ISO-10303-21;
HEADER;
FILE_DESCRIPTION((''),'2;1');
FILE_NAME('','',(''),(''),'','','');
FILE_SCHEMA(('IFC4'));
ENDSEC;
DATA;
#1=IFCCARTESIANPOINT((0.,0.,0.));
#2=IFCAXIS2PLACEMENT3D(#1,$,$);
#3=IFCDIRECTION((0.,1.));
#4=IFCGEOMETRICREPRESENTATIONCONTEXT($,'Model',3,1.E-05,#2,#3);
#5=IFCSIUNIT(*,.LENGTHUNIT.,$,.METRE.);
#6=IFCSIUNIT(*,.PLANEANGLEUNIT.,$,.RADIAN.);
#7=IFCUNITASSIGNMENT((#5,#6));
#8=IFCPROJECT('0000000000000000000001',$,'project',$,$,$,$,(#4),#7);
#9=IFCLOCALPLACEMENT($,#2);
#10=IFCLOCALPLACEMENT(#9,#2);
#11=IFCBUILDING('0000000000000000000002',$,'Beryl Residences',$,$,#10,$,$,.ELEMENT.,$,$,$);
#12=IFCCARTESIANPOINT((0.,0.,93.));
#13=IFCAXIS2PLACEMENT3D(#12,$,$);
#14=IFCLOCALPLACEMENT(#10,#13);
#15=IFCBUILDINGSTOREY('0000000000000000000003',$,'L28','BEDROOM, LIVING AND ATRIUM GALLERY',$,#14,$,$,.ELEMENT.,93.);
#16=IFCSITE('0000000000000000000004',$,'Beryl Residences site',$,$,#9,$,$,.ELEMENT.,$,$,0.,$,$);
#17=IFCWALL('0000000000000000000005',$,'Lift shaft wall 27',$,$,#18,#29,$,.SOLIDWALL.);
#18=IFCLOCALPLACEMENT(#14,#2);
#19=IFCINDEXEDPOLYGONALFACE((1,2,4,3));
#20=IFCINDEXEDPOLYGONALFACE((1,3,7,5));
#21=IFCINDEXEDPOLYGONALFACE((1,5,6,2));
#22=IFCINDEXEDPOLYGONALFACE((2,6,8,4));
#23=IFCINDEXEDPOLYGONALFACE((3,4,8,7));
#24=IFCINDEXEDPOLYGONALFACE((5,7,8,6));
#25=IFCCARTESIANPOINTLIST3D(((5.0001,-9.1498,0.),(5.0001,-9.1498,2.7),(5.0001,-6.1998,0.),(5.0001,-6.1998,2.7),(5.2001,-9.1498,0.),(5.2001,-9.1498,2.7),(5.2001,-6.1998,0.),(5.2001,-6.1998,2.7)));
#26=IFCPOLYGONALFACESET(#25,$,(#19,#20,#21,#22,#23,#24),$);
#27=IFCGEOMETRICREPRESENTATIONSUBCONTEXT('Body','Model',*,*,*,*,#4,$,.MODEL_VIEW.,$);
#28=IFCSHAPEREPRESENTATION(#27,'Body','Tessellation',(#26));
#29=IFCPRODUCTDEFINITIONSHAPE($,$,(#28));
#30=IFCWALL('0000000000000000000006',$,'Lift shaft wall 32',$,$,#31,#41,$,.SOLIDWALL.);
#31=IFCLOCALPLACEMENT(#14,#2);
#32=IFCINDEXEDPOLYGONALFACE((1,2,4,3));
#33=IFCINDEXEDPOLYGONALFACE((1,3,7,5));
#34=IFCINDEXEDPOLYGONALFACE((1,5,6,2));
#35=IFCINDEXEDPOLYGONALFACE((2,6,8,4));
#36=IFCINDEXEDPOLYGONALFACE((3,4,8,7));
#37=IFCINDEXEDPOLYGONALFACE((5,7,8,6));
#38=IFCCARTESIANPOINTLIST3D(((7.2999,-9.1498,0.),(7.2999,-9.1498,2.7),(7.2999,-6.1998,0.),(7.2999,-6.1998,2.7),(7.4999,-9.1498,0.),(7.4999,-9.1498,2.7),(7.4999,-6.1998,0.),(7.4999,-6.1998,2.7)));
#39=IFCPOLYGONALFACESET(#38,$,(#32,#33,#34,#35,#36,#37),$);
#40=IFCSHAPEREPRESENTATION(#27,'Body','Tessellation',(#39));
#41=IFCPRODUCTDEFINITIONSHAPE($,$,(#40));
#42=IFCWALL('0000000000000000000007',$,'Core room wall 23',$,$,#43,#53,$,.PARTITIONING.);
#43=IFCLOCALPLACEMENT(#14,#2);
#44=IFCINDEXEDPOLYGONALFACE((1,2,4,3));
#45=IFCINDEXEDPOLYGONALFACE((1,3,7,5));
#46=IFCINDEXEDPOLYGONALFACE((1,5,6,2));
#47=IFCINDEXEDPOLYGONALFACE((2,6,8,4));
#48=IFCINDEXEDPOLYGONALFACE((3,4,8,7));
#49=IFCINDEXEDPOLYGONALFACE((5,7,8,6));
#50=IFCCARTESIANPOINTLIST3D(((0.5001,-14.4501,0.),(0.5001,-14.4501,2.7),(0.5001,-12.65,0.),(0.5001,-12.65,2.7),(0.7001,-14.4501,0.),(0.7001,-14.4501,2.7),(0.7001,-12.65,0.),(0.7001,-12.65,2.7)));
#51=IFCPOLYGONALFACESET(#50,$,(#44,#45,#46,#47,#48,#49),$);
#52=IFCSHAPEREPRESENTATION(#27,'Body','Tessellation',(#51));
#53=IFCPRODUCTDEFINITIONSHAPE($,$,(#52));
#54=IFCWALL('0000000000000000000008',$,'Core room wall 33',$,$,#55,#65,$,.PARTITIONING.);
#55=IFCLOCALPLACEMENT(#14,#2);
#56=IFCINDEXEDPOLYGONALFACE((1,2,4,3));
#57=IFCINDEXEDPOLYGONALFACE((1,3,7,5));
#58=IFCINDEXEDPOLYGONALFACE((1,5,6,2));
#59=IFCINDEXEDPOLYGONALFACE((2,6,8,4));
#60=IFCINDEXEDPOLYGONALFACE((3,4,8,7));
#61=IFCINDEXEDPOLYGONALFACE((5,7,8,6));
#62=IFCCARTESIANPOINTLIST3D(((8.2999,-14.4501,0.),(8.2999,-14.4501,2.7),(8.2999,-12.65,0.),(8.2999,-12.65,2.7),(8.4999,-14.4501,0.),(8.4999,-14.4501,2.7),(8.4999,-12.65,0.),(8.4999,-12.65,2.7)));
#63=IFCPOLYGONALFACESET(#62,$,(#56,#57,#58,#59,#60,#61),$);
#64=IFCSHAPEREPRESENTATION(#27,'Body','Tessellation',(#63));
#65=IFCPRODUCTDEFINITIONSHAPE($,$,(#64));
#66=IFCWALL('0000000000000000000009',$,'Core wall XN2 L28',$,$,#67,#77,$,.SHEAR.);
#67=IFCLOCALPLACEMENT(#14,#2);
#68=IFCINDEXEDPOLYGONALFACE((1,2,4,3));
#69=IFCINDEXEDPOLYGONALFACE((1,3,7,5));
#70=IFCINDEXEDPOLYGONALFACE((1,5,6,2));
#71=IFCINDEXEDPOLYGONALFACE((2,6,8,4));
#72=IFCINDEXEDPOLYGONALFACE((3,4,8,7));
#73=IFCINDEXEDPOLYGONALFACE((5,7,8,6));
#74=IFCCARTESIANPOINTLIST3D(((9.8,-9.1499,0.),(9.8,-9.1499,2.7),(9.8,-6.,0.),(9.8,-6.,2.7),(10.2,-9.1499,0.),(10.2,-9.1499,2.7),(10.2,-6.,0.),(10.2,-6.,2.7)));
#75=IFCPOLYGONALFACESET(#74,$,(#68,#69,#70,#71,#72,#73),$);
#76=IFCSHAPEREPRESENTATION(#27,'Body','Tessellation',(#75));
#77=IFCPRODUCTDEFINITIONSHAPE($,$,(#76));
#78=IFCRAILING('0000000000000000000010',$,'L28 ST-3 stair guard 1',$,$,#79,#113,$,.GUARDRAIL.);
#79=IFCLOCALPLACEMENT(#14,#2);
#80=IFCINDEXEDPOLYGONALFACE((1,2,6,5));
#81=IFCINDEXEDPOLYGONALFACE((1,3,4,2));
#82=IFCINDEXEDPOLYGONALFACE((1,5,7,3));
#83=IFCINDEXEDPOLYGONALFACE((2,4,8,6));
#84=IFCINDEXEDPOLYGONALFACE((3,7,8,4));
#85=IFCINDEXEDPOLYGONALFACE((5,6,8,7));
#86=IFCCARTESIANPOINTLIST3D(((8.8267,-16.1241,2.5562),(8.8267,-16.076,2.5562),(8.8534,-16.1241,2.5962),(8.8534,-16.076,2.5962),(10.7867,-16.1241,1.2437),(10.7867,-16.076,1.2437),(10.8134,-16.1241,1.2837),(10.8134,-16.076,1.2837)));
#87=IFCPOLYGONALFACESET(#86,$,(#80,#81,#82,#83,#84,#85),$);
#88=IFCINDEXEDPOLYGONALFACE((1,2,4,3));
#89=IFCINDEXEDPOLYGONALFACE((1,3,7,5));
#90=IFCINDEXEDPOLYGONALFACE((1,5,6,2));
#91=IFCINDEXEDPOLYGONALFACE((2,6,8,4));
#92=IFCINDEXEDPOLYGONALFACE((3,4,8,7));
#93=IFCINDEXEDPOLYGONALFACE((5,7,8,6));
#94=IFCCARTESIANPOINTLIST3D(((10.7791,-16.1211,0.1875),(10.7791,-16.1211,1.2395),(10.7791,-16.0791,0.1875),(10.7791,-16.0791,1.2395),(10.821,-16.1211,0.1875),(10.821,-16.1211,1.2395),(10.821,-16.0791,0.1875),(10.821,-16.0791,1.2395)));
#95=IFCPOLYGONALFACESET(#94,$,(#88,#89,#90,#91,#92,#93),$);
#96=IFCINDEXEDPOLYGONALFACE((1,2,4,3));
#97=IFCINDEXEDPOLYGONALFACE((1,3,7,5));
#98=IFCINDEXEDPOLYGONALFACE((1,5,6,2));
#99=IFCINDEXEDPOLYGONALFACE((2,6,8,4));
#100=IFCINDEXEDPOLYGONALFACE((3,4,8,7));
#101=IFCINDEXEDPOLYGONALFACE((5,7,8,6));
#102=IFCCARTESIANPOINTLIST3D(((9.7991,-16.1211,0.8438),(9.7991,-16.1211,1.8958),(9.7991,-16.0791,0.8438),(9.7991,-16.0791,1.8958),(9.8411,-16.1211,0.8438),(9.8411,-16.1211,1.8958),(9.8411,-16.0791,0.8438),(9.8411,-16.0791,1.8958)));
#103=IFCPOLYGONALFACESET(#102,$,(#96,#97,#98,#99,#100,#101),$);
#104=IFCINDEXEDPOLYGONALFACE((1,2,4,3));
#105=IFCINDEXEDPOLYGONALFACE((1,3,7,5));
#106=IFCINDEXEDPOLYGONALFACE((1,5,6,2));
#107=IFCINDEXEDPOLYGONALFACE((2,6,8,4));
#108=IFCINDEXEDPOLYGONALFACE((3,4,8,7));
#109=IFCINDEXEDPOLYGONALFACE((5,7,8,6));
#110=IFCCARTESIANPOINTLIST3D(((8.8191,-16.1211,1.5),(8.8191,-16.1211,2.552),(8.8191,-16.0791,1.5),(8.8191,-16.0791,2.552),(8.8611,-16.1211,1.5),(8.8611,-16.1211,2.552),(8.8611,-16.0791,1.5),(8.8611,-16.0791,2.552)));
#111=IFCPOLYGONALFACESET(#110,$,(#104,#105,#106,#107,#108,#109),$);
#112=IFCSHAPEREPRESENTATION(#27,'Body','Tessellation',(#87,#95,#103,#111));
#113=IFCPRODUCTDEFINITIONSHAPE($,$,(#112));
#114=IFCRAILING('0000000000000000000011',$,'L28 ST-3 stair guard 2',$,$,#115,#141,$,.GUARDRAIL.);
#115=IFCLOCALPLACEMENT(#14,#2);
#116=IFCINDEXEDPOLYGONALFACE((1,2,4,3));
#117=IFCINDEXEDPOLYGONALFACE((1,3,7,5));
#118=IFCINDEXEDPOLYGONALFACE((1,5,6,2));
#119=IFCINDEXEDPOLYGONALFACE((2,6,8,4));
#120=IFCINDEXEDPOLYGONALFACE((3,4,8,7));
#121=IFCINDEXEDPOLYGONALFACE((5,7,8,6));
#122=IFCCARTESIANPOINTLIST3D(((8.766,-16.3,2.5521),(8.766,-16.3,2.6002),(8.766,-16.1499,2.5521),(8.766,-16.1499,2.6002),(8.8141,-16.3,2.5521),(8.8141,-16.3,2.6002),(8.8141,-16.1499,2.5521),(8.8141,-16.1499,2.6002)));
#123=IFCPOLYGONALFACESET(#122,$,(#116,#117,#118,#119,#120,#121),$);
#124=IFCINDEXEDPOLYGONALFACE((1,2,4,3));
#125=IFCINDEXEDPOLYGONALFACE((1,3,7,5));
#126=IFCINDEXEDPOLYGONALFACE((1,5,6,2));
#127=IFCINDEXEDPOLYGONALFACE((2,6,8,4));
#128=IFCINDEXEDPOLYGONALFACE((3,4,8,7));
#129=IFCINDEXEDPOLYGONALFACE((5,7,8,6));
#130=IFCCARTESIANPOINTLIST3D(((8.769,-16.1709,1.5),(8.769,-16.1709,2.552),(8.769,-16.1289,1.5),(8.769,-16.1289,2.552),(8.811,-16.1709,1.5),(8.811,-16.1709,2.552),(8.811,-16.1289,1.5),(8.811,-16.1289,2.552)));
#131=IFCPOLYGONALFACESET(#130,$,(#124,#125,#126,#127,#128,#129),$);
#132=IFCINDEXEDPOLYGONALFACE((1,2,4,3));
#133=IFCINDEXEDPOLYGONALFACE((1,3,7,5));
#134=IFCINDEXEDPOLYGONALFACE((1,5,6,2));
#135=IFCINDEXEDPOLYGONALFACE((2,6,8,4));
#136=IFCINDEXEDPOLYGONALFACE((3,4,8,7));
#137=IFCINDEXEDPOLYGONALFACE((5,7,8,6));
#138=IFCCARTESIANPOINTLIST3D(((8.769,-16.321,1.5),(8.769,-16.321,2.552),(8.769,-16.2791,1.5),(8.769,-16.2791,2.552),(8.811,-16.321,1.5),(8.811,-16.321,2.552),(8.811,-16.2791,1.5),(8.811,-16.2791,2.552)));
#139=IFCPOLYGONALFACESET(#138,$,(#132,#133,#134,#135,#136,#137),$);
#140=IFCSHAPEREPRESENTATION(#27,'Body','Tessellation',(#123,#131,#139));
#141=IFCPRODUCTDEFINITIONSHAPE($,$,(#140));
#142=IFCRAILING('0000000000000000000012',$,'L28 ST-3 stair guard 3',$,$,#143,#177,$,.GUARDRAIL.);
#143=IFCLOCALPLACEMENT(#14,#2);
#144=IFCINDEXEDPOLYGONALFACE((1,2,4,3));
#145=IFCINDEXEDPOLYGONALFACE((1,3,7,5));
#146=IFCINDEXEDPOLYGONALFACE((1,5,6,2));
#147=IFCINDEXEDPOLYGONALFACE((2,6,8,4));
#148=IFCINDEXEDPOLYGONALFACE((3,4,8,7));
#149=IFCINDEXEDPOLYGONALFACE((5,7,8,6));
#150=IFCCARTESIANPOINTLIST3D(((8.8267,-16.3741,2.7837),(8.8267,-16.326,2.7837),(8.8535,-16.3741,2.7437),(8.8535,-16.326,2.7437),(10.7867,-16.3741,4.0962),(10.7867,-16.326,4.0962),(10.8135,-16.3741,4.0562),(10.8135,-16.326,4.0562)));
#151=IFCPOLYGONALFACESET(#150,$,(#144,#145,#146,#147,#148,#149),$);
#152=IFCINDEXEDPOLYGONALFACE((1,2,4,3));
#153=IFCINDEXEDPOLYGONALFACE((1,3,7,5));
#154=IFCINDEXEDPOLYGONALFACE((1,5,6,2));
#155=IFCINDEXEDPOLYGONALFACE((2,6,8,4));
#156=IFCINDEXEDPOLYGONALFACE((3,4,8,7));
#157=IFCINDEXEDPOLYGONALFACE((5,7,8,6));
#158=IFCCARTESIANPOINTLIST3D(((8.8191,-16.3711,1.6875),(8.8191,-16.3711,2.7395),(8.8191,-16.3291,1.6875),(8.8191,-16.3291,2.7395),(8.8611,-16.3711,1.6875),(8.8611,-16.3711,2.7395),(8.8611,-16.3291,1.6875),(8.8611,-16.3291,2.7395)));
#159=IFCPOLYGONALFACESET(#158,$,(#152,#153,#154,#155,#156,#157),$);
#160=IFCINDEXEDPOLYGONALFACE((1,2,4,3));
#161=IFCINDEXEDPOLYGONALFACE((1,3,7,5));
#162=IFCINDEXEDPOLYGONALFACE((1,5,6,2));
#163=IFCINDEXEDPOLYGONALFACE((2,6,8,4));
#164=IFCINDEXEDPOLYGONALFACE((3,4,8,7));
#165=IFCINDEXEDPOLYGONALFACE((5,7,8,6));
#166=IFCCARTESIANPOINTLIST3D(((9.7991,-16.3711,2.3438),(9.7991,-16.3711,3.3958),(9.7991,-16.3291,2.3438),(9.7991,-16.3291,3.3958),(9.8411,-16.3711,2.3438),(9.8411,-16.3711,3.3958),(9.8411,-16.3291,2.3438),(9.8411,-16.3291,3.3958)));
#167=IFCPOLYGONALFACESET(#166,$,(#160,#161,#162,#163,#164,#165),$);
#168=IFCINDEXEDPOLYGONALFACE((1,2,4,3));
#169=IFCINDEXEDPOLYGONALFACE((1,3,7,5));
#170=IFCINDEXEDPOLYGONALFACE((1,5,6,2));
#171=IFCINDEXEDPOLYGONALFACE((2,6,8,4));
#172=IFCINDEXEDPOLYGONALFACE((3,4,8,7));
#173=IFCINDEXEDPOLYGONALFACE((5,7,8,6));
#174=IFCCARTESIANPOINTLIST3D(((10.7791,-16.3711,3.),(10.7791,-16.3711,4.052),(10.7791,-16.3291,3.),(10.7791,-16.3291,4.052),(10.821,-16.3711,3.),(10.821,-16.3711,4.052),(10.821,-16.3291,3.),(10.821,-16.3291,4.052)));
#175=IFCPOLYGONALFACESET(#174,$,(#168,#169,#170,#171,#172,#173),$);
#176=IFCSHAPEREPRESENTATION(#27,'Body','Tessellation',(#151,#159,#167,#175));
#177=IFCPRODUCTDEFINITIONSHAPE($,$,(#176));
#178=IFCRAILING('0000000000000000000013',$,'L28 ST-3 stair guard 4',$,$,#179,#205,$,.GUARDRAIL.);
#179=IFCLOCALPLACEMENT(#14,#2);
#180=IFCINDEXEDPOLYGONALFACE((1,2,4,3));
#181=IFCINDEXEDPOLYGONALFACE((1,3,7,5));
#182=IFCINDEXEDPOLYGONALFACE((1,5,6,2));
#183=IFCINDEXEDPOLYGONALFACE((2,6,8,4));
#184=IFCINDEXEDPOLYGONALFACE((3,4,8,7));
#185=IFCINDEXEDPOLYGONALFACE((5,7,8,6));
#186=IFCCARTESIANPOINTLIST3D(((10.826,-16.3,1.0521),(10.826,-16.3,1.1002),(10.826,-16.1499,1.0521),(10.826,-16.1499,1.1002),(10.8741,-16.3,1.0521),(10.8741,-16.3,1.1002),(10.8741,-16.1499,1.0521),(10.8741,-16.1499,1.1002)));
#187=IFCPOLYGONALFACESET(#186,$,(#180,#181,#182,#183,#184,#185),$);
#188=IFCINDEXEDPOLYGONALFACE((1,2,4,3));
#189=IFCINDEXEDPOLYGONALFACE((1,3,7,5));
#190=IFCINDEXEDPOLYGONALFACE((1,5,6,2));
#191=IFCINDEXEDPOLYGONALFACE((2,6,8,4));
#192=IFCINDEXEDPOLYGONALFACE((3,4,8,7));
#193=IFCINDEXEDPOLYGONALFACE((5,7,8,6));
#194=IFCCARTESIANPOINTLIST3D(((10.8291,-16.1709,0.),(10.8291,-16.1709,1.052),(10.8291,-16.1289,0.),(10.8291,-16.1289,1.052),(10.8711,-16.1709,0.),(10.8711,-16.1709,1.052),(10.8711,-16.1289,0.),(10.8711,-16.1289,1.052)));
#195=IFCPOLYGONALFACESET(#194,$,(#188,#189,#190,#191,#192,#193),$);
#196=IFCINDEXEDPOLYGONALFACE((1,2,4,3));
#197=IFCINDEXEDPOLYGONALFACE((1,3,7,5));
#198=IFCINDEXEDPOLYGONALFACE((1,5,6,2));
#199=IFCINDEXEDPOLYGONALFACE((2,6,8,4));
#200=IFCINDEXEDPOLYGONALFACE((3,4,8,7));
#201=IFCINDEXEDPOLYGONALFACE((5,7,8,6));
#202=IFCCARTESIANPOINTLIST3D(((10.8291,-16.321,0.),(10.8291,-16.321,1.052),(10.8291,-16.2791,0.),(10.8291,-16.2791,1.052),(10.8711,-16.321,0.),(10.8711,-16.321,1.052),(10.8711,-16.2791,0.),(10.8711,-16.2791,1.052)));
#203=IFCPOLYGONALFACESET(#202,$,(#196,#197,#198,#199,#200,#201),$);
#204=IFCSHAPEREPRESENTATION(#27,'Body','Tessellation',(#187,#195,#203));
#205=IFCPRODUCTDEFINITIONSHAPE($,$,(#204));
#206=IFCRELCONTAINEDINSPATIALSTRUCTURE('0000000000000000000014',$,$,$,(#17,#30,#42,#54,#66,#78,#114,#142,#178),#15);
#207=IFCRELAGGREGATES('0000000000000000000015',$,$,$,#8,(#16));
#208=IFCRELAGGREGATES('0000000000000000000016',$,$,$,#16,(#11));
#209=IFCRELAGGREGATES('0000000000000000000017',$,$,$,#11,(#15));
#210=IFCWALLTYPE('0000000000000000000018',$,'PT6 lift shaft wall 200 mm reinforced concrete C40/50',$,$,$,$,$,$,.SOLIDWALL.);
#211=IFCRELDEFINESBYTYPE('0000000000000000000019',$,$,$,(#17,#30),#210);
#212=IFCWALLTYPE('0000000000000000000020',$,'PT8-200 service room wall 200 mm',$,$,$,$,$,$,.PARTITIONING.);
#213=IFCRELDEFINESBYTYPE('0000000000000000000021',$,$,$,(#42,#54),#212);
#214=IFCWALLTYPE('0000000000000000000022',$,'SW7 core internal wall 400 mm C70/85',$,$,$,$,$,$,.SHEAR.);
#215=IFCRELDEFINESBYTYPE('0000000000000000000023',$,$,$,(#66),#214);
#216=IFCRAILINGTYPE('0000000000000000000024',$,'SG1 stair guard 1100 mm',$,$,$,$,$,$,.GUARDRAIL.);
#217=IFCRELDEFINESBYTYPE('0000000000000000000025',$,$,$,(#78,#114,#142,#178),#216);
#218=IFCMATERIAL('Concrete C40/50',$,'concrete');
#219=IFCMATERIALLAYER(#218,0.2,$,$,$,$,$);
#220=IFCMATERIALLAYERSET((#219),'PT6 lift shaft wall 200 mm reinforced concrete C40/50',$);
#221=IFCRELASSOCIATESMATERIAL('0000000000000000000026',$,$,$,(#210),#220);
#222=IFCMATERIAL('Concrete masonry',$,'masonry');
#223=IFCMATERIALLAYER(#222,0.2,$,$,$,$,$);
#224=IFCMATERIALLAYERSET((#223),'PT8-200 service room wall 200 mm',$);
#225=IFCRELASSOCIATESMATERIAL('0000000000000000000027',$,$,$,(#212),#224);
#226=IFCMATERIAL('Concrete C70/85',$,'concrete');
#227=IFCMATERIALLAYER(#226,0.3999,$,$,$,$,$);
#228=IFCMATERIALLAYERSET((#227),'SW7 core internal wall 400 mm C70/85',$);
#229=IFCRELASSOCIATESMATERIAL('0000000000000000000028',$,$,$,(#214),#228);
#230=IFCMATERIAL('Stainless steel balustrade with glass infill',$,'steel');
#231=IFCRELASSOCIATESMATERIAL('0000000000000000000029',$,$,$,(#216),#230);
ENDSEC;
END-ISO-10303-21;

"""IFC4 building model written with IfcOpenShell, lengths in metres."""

from ifc_helpers import new_model, si_unit, direction, frame, frame_2d, origin, origin_2d, place, context, subcontext, project, spatial, rectangle, extrude, material, layer, layer_set, type_object, element, save


model = new_model("IFC4")

# Units and contexts
model_context = context("Model", 3, precision=1e-05, world=origin(), true_north=direction((0.0, 1.0)))
body_context = subcontext(model_context, "Body", "Model", "MODEL_VIEW")
ifc_project = project(units=[si_unit("LENGTHUNIT", "METRE"), si_unit("PLANEANGLEUNIT", "RADIAN")], contexts=[model_context])

# Site, building, storey
site_placement = place(None, origin())
site = spatial("IfcSite", under=ifc_project, at=site_placement, Name="Beryl Residences site", CompositionType="ELEMENT", RefElevation=0.0)
building_placement = place(site_placement, origin())
building = spatial("IfcBuilding", under=site, at=building_placement, Name="Beryl Residences", CompositionType="ELEMENT")
storey_placement = place(building_placement, frame((0.0, 0.0, 93.0)))
storey = spatial("IfcBuildingStorey", under=building, at=storey_placement, Name="L28", Description="BEDROOM, LIVING AND ATRIUM GALLERY", CompositionType="ELEMENT", Elevation=93.0)

# Walls
ifc_material_1 = material(Name="Concrete C40/50", Category="concrete")
ifc_layer_1 = layer(ifc_material_1, 0.2)
ifc_layer_set_1 = layer_set([ifc_layer_1], Name="PT6 lift shaft wall 200 mm reinforced concrete C40/50")
wall_type_1 = type_object("IfcWallType", Name="PT6 lift shaft wall 200 mm reinforced concrete C40/50", PredefinedType="SOLIDWALL", material=ifc_layer_set_1)
for number, where, z_axis, x_axis, name in (
    (1, (5.1001, -9.1499, 0.0), (0.0, 0.0, 1.0), (0.0, 1.0, 0.0), "Lift shaft wall 27"),
    (2, (7.3999, -9.1499, 0.0), (0.0, 0.0, 1.0), (0.0, 1.0, 0.0), "Lift shaft wall 32"),
):
    element("IfcWall", number, at=place(storey_placement, frame(where, z_axis=z_axis, x_axis=x_axis)), inside=storey, type_object=wall_type_1, Name=name, PredefinedType="SOLIDWALL", context=body_context, shape_type="SweptSolid", body=[
        extrude(rectangle(XDim=2.95, YDim=0.2, at=frame_2d((1.4751, 0.0))), origin(), (0.0, 0.0, 1.0), 2.7),
    ])
ifc_material_2 = material(Name="Concrete masonry", Category="masonry")
ifc_layer_2 = layer(ifc_material_2, 0.2)
ifc_layer_set_2 = layer_set([ifc_layer_2], Name="PT8-200 service room wall 200 mm")
wall_type_2 = type_object("IfcWallType", Name="PT8-200 service room wall 200 mm", PredefinedType="PARTITIONING", material=ifc_layer_set_2)
for number, where, z_axis, x_axis, name in (
    (3, (0.6001, -14.45, 0.0), (0.0, 0.0, 1.0), (0.0, 1.0, 0.0), "Core room wall 23"),
    (4, (8.3999, -14.45, 0.0), (0.0, 0.0, 1.0), (0.0, 1.0, 0.0), "Core room wall 33"),
):
    element("IfcWall", number, at=place(storey_placement, frame(where, z_axis=z_axis, x_axis=x_axis)), inside=storey, type_object=wall_type_2, Name=name, PredefinedType="PARTITIONING", context=body_context, shape_type="SweptSolid", body=[
        extrude(rectangle(XDim=1.8, YDim=0.2, at=frame_2d((0.8999, 0.0))), origin(), (0.0, 0.0, 1.0), 2.7),
    ])
ifc_material_3 = material(Name="Concrete C70/85", Category="concrete")
ifc_layer_3 = layer(ifc_material_3, 0.3999)
ifc_layer_set_3 = layer_set([ifc_layer_3], Name="SW7 core internal wall 400 mm C70/85")
wall_type_3 = type_object("IfcWallType", Name="SW7 core internal wall 400 mm C70/85", PredefinedType="SHEAR", material=ifc_layer_set_3)
wall_1_placement = place(storey_placement, frame((10.0, -9.1499, 0.0), z_axis=(0.0, 0.0, 1.0), x_axis=(0.0, 1.0, 0.0)))
element("IfcWall", 5, at=wall_1_placement, inside=storey, type_object=wall_type_3, Name="Core wall XN2 L28", PredefinedType="SHEAR", context=body_context, shape_type="SweptSolid", body=[
    extrude(rectangle(XDim=3.1499, YDim=0.3999, at=frame_2d((1.575, 0.0))), origin(), (0.0, 0.0, 1.0), 2.7),
])

# Railings
ifc_material_4 = material(Name="Stainless steel balustrade with glass infill", Category="steel")
railing_type_1 = type_object("IfcRailingType", Name="SG1 stair guard 1100 mm", PredefinedType="GUARDRAIL", material=ifc_material_4)
railing_1_placement = place(storey_placement, frame((10.8, -16.1001, 0.1875)))
element("IfcRailing", 6, at=railing_1_placement, inside=storey, type_object=railing_type_1, Name="L28 ST-3 stair guard 1", PredefinedType="GUARDRAIL", context=body_context, shape_type="SweptSolid", body=[
    extrude(rectangle(XDim=0.0481, YDim=0.0481, at=origin_2d()), frame((0.0, 0.0, 1.0762), z_axis=(-0.830902, 0.0, 0.556419), x_axis=(0.0, -1.0, 0.0)), (0.0, 0.0, 1.0), 2.3589),
    extrude(rectangle(XDim=0.042, YDim=0.042, at=origin_2d()), origin(), (0.0, 0.0, 1.0), 1.052),
    extrude(rectangle(XDim=0.042, YDim=0.042, at=origin_2d()), frame((-0.98, 0.0, 0.6562)), (0.0, 0.0, 1.0), 1.052),
    extrude(rectangle(XDim=0.042, YDim=0.042, at=origin_2d()), frame((-1.96, 0.0, 1.3125)), (0.0, 0.0, 1.0), 1.052),
])
railing_2_placement = place(storey_placement, frame((8.79, -16.1499, 1.5)))
element("IfcRailing", 7, at=railing_2_placement, inside=storey, type_object=railing_type_1, Name="L28 ST-3 stair guard 2", PredefinedType="GUARDRAIL", context=body_context, shape_type="SweptSolid", body=[
    extrude(rectangle(XDim=0.0481, YDim=0.0481, at=origin_2d()), frame((0.0, 0.0, 1.0762), z_axis=(0.0, -1.0, 0.0), x_axis=(1.0, 0.0, 0.0)), (0.0, 0.0, 1.0), 0.1501),
    extrude(rectangle(XDim=0.042, YDim=0.042, at=origin_2d()), origin(), (0.0, 0.0, 1.0), 1.052),
    extrude(rectangle(XDim=0.042, YDim=0.042, at=origin_2d()), frame((0.0, -0.1501, 0.0)), (0.0, 0.0, 1.0), 1.052),
])
railing_3_placement = place(storey_placement, frame((8.8401, -16.3501, 1.6875)))
element("IfcRailing", 8, at=railing_3_placement, inside=storey, type_object=railing_type_1, Name="L28 ST-3 stair guard 3", PredefinedType="GUARDRAIL", context=body_context, shape_type="SweptSolid", body=[
    extrude(rectangle(XDim=0.0481, YDim=0.0481, at=origin_2d()), frame((0.0, 0.0, 1.0762), z_axis=(0.830902, 0.0, 0.556419), x_axis=(0.0, 1.0, 0.0)), (0.0, 0.0, 1.0), 2.3589),
    extrude(rectangle(XDim=0.042, YDim=0.042, at=origin_2d()), origin(), (0.0, 0.0, 1.0), 1.052),
    extrude(rectangle(XDim=0.042, YDim=0.042, at=origin_2d()), frame((0.98, 0.0, 0.6562)), (0.0, 0.0, 1.0), 1.052),
    extrude(rectangle(XDim=0.042, YDim=0.042, at=origin_2d()), frame((1.96, 0.0, 1.3125)), (0.0, 0.0, 1.0), 1.052),
])
railing_4_placement = place(storey_placement, frame((10.8501, -16.1499, 0.0)))
element("IfcRailing", 9, at=railing_4_placement, inside=storey, type_object=railing_type_1, Name="L28 ST-3 stair guard 4", PredefinedType="GUARDRAIL", context=body_context, shape_type="SweptSolid", body=[
    extrude(rectangle(XDim=0.0481, YDim=0.0481, at=origin_2d()), frame((0.0, 0.0, 1.0762), z_axis=(0.0, -1.0, 0.0), x_axis=(1.0, 0.0, 0.0)), (0.0, 0.0, 1.0), 0.1501),
    extrude(rectangle(XDim=0.042, YDim=0.042, at=origin_2d()), origin(), (0.0, 0.0, 1.0), 1.052),
    extrude(rectangle(XDim=0.042, YDim=0.042, at=origin_2d()), frame((0.0, -0.1501, 0.0)), (0.0, 0.0, 1.0), 1.052),
])

save(model, "model.ifc")
